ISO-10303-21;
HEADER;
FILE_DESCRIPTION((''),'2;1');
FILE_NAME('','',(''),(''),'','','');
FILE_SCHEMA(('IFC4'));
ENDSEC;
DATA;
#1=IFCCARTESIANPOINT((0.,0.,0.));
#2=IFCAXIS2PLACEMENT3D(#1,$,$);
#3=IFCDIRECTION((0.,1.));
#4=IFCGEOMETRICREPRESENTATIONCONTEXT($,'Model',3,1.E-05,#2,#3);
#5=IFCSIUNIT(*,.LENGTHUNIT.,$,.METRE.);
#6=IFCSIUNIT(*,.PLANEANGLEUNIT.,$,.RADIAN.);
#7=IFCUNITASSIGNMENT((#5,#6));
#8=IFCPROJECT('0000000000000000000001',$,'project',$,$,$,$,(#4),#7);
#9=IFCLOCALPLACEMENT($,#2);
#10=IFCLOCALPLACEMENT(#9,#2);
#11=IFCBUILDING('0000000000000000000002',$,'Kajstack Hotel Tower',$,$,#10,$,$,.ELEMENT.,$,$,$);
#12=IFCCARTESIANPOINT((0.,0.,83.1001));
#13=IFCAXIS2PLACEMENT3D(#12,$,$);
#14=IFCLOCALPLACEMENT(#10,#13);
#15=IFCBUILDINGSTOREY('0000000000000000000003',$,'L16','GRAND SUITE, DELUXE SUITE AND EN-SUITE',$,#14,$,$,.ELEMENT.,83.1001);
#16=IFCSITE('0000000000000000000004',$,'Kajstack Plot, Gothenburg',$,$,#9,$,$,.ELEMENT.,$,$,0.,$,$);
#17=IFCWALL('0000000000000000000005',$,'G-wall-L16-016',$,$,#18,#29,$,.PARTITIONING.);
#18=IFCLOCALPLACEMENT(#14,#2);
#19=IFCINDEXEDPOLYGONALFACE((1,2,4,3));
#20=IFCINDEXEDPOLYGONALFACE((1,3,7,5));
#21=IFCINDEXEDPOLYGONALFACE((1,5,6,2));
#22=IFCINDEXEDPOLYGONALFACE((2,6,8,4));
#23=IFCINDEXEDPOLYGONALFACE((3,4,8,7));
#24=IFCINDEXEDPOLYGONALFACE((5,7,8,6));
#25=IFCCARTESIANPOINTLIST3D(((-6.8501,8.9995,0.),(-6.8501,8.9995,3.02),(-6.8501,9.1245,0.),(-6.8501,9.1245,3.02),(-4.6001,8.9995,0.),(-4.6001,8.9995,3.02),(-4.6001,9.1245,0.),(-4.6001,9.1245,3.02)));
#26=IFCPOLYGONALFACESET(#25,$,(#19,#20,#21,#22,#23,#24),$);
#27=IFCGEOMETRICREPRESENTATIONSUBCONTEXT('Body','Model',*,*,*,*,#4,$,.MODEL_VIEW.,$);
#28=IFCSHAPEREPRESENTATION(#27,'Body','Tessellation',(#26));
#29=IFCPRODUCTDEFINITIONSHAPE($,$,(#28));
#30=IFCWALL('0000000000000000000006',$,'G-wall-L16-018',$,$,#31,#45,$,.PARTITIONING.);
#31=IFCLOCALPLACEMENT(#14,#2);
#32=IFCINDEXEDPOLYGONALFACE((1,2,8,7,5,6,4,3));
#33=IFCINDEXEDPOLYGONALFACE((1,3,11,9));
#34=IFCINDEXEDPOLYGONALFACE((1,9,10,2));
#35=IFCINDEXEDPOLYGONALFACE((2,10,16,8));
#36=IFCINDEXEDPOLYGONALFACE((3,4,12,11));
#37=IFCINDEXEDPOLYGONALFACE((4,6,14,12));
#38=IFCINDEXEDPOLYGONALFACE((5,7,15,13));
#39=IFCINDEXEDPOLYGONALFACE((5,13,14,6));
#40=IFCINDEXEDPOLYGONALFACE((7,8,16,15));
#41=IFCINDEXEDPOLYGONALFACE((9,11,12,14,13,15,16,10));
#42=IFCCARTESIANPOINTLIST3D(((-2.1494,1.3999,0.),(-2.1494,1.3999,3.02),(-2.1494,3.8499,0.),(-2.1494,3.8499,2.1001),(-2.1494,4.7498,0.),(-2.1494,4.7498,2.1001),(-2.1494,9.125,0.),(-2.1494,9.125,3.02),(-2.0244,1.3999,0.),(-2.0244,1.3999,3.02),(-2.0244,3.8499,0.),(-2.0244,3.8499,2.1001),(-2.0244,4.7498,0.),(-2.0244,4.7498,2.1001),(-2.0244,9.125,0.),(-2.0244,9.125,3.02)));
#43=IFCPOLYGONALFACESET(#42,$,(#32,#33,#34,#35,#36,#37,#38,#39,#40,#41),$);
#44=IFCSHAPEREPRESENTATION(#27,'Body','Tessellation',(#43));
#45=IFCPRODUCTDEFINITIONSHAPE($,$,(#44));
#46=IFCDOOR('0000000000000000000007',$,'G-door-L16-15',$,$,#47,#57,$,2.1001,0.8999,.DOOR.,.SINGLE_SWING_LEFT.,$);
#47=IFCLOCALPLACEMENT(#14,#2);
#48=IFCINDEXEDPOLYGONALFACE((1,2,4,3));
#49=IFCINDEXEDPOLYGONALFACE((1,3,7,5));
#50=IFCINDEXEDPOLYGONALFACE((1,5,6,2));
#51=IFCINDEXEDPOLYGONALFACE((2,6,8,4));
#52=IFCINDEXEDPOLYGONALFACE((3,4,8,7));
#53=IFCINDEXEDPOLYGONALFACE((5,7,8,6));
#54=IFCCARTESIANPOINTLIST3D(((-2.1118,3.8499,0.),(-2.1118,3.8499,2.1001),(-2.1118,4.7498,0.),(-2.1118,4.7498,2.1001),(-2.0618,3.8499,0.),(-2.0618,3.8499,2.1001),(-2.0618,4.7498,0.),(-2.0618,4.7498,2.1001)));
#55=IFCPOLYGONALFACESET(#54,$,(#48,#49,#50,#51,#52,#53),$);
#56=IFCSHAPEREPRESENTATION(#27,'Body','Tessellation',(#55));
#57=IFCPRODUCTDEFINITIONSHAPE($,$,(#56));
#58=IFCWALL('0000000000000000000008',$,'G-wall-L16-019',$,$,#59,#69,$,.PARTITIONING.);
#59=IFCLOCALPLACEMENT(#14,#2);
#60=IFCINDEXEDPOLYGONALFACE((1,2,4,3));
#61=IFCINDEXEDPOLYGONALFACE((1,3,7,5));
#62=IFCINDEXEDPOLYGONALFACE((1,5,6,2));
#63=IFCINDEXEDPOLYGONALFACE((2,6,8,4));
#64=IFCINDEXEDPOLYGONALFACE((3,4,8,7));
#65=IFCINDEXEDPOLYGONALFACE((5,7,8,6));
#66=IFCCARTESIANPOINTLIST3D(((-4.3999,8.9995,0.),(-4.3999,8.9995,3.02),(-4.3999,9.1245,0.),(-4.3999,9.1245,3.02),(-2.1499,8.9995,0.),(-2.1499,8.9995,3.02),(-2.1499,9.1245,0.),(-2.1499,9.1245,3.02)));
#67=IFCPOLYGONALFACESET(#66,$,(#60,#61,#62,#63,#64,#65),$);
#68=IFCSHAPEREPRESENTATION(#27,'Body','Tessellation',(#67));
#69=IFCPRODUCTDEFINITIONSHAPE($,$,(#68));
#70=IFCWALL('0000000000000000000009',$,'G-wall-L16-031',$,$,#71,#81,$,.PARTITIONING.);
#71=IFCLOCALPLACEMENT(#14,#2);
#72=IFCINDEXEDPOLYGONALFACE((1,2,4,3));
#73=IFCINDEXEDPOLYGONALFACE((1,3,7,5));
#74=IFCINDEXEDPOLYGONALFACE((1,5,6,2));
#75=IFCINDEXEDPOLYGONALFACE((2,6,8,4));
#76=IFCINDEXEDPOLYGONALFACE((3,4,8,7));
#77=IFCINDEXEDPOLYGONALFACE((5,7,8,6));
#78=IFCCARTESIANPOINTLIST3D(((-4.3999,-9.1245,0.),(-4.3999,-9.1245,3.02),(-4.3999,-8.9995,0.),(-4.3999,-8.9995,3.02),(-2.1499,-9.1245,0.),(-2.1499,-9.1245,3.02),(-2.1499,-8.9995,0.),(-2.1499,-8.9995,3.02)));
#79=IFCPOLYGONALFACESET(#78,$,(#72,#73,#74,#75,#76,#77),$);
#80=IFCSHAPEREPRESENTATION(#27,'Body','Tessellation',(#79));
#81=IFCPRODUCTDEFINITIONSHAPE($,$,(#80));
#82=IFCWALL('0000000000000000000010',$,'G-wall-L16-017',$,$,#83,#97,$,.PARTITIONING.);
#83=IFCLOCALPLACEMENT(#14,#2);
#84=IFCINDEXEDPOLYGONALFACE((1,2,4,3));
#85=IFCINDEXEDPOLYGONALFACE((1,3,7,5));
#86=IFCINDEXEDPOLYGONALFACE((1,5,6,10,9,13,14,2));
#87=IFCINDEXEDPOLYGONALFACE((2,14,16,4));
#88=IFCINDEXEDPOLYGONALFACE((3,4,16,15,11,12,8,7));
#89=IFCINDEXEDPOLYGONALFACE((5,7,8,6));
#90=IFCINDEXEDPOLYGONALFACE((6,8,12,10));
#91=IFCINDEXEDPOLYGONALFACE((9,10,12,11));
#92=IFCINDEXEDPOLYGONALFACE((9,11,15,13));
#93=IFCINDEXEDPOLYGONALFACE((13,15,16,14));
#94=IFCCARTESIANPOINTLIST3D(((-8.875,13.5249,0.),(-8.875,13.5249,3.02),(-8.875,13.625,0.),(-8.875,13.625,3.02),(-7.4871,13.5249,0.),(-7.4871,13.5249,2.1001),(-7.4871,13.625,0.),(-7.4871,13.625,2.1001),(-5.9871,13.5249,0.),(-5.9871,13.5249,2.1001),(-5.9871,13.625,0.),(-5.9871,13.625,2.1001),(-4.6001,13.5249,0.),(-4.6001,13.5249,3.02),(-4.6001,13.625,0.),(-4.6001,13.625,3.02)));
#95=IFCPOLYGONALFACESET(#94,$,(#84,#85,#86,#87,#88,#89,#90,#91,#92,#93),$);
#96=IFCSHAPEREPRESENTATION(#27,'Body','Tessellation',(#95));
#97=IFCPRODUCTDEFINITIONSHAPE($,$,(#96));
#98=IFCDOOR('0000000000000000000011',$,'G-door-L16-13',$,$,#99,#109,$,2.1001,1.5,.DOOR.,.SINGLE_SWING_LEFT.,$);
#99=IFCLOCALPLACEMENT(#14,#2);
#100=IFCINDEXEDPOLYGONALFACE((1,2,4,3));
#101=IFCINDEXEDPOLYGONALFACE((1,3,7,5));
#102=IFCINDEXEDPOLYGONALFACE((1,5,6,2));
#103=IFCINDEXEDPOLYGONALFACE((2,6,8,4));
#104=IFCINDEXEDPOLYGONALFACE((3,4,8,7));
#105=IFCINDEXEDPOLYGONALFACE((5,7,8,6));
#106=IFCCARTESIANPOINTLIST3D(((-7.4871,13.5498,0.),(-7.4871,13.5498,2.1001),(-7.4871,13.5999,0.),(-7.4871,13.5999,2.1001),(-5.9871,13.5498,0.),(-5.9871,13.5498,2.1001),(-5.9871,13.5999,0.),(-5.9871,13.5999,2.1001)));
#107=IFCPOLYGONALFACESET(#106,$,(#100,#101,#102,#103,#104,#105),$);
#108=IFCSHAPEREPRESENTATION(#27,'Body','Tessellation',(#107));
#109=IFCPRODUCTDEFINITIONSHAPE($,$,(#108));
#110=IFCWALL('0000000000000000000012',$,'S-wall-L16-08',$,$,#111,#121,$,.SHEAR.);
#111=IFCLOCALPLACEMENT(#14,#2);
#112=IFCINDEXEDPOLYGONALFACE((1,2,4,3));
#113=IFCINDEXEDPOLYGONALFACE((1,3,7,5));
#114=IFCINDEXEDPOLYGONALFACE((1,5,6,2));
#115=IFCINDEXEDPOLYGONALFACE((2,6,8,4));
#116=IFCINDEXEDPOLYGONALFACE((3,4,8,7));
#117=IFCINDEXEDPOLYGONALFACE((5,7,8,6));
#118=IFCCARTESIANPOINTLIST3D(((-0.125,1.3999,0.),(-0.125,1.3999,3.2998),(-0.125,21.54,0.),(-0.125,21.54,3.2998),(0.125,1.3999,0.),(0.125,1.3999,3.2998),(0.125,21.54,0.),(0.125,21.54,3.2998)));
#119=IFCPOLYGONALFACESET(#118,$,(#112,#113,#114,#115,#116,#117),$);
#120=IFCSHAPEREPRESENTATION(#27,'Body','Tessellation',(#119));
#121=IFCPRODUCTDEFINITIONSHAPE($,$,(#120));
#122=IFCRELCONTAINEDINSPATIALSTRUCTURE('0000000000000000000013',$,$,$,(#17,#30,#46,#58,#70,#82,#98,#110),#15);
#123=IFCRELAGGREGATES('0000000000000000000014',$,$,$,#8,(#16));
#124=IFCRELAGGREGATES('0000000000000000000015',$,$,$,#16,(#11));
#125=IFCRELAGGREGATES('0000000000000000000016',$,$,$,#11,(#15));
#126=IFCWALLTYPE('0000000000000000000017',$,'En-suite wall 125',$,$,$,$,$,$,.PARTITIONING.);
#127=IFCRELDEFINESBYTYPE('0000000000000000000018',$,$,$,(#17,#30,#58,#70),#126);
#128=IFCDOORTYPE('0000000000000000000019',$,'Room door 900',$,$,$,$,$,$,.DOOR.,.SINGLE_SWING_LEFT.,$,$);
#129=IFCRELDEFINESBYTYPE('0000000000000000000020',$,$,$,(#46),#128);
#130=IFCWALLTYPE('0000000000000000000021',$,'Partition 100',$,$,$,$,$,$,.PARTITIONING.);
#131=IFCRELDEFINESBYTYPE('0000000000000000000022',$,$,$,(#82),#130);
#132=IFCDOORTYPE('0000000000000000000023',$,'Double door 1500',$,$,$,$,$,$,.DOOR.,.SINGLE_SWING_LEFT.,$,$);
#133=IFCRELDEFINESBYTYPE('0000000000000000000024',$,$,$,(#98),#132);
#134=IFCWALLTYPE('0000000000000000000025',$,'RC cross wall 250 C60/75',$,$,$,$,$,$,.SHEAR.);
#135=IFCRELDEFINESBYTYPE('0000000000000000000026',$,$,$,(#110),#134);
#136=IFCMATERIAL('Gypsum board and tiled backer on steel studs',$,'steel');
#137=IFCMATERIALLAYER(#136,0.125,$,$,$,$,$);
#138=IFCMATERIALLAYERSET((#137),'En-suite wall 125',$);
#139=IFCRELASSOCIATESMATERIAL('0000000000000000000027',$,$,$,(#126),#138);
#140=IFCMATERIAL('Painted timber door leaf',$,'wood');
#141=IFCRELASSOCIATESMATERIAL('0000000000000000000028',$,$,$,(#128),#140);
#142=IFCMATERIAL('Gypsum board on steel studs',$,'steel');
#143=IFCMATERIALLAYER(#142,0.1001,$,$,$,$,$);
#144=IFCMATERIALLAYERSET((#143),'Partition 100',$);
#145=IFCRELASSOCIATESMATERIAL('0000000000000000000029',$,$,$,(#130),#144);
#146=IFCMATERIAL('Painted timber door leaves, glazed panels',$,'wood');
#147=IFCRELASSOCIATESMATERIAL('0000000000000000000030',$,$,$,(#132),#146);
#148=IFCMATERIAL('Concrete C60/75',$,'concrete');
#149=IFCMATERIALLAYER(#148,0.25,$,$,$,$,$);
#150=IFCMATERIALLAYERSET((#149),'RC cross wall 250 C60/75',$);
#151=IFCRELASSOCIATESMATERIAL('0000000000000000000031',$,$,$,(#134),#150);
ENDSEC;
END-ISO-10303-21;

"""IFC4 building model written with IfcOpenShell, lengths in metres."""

from ifc_helpers import new_model, si_unit, direction, frame, frame_2d, origin, place, context, subcontext, project, spatial, rectangle, extrude, material, layer, layer_set, type_object, element, fill, save


model = new_model("IFC4")

# Units and contexts
model_context = context("Model", 3, precision=1e-05, world=origin(), true_north=direction((0.0, 1.0)))
body_context = subcontext(model_context, "Body", "Model", "MODEL_VIEW")
ifc_project = project(units=[si_unit("LENGTHUNIT", "METRE"), si_unit("PLANEANGLEUNIT", "RADIAN")], contexts=[model_context])

# Site, building, storey
site_placement = place(None, origin())
site = spatial("IfcSite", under=ifc_project, at=site_placement, Name="Kajstack Plot, Gothenburg", CompositionType="ELEMENT", RefElevation=0.0)
building_placement = place(site_placement, origin())
building = spatial("IfcBuilding", under=site, at=building_placement, Name="Kajstack Hotel Tower", CompositionType="ELEMENT")
storey_placement = place(building_placement, frame((0.0, 0.0, 83.1001)))
storey = spatial("IfcBuildingStorey", under=building, at=storey_placement, Name="L16", Description="GRAND SUITE, DELUXE SUITE AND EN-SUITE", CompositionType="ELEMENT", Elevation=83.1001)

# Shared definitions
ifc_material_1 = material(Name="Gypsum board and tiled backer on steel studs", Category="steel")
ifc_layer_1 = layer(ifc_material_1, 0.125)
ifc_layer_set_1 = layer_set([ifc_layer_1], Name="En-suite wall 125")
wall_type_1 = type_object("IfcWallType", Name="En-suite wall 125", PredefinedType="PARTITIONING", material=ifc_layer_set_1)
ifc_material_2 = material(Name="Painted timber door leaf", Category="wood")
door_type_1 = type_object("IfcDoorType", Name="Room door 900", OperationType="SINGLE_SWING_LEFT", PredefinedType="DOOR", material=ifc_material_2)

# Wall
wall_1_placement = place(storey_placement, frame((-6.8501, 9.062, 0.0), z_axis=(0.0, 0.0, 1.0), x_axis=(1.0, 0.0, 0.0)))
element("IfcWall", 1, at=wall_1_placement, inside=storey, type_object=wall_type_1, Name="G-wall-L16-016", PredefinedType="PARTITIONING", context=body_context, shape_type="SweptSolid", body=[
    extrude(rectangle(XDim=2.25, YDim=0.125, at=frame_2d((1.125, 0.0))), origin(), (0.0, 0.0, 1.0), 3.02),
])

# Wall, opening, door
wall_2_placement = place(storey_placement, frame((-2.0869, 1.3999, 0.0), z_axis=(0.0, 0.0, 1.0), x_axis=(0.0, 1.0, 0.0)))
wall_2 = element("IfcWall", 2, at=wall_2_placement, inside=storey, type_object=wall_type_1, Name="G-wall-L16-018", PredefinedType="PARTITIONING", context=body_context, shape_type="SweptSolid", body=[
    extrude(rectangle(XDim=7.7251, YDim=0.125, at=frame_2d((3.8625, 0.0))), origin(), (0.0, 0.0, 1.0), 3.02),
])
opening_1_placement = place(wall_2_placement, frame((2.45, 0.0, 0.0)))
opening_1 = element("IfcOpeningElement", 3, at=opening_1_placement, cuts=wall_2, PredefinedType="OPENING", context=body_context, shape_type="SweptSolid", body=[
    extrude(rectangle(XDim=0.8999, YDim=2.1001, at=frame_2d((0.45, 1.05))), frame((0.0, 0.0725, 0.0), z_axis=(0.0, -1.0, 0.0), x_axis=(1.0, 0.0, 0.0)), (0.0, 0.0, 1.0), 0.145),
])
door_1_placement = place(opening_1_placement, origin())
door_1 = element("IfcDoor", 4, at=door_1_placement, inside=storey, type_object=door_type_1, Name="G-door-L16-15", OperationType="SINGLE_SWING_LEFT", OverallHeight=2.1001, OverallWidth=0.8999, PredefinedType="DOOR", context=body_context, shape_type="SweptSolid", body=[
    extrude(rectangle(XDim=0.8999, YDim=2.1001, at=frame_2d((0.45, 1.05))), frame((0.0, 0.0249, 0.0), z_axis=(0.0, -1.0, 0.0), x_axis=(1.0, 0.0, 0.0)), (0.0, 0.0, 1.0), 0.05),
])
fill(opening_1, door_1)

# Walls
for number, where, z_axis, x_axis, name in (
    (5, (-4.3999, 9.062, 0.0), (0.0, 0.0, 1.0), (1.0, 0.0, 0.0), "G-wall-L16-019"),
    (6, (-4.3999, -9.062, 0.0), (0.0, 0.0, 1.0), (1.0, 0.0, 0.0), "G-wall-L16-031"),
):
    element("IfcWall", number, at=place(storey_placement, frame(where, z_axis=z_axis, x_axis=x_axis)), inside=storey, type_object=wall_type_1, Name=name, PredefinedType="PARTITIONING", context=body_context, shape_type="SweptSolid", body=[
        extrude(rectangle(XDim=2.25, YDim=0.125, at=frame_2d((1.125, 0.0))), origin(), (0.0, 0.0, 1.0), 3.02),
    ])

# Wall, opening, door
ifc_material_3 = material(Name="Gypsum board on steel studs", Category="steel")
ifc_layer_2 = layer(ifc_material_3, 0.1001)
ifc_layer_set_2 = layer_set([ifc_layer_2], Name="Partition 100")
wall_type_2 = type_object("IfcWallType", Name="Partition 100", PredefinedType="PARTITIONING", material=ifc_layer_set_2)
wall_3_placement = place(storey_placement, frame((-8.875, 13.575, 0.0), z_axis=(0.0, 0.0, 1.0), x_axis=(1.0, 0.0, 0.0)))
wall_3 = element("IfcWall", 7, at=wall_3_placement, inside=storey, type_object=wall_type_2, Name="G-wall-L16-017", PredefinedType="PARTITIONING", context=body_context, shape_type="SweptSolid", body=[
    extrude(rectangle(XDim=4.2749, YDim=0.1001, at=frame_2d((2.1375, 0.0))), origin(), (0.0, 0.0, 1.0), 3.02),
])
opening_2_placement = place(wall_3_placement, frame((1.3879, 0.0, 0.0)))
opening_2 = element("IfcOpeningElement", 8, at=opening_2_placement, cuts=wall_3, PredefinedType="OPENING", context=body_context, shape_type="SweptSolid", body=[
    extrude(rectangle(XDim=1.5, YDim=2.1001, at=frame_2d((0.75, 1.05))), frame((0.0, 0.0601, 0.0), z_axis=(0.0, -1.0, 0.0), x_axis=(1.0, 0.0, 0.0)), (0.0, 0.0, 1.0), 0.1201),
])
ifc_material_4 = material(Name="Painted timber door leaves, glazed panels", Category="wood")
door_type_2 = type_object("IfcDoorType", Name="Double door 1500", OperationType="SINGLE_SWING_LEFT", PredefinedType="DOOR", material=ifc_material_4)
door_2_placement = place(opening_2_placement, origin())
door_2 = element("IfcDoor", 9, at=door_2_placement, inside=storey, type_object=door_type_2, Name="G-door-L16-13", OperationType="SINGLE_SWING_LEFT", OverallHeight=2.1001, OverallWidth=1.5, PredefinedType="DOOR", context=body_context, shape_type="SweptSolid", body=[
    extrude(rectangle(XDim=1.5, YDim=2.1001, at=frame_2d((0.75, 1.05))), frame((0.0, 0.0249, 0.0), z_axis=(0.0, -1.0, 0.0), x_axis=(1.0, 0.0, 0.0)), (0.0, 0.0, 1.0), 0.05),
])
fill(opening_2, door_2)

# Wall
ifc_material_5 = material(Name="Concrete C60/75", Category="concrete")
ifc_layer_3 = layer(ifc_material_5, 0.25)
ifc_layer_set_3 = layer_set([ifc_layer_3], Name="RC cross wall 250 C60/75")
wall_type_3 = type_object("IfcWallType", Name="RC cross wall 250 C60/75", PredefinedType="SHEAR", material=ifc_layer_set_3)
wall_4_placement = place(storey_placement, frame((0.0, 1.3999, 0.0), z_axis=(0.0, 0.0, 1.0), x_axis=(0.0, 1.0, 0.0)))
element("IfcWall", 10, at=wall_4_placement, inside=storey, type_object=wall_type_3, Name="S-wall-L16-08", PredefinedType="SHEAR", context=body_context, shape_type="SweptSolid", body=[
    extrude(rectangle(XDim=20.1401, YDim=0.25, at=frame_2d((10.0701, 0.0))), origin(), (0.0, 0.0, 1.0), 3.2998),
])

save(model, "model.ifc")
